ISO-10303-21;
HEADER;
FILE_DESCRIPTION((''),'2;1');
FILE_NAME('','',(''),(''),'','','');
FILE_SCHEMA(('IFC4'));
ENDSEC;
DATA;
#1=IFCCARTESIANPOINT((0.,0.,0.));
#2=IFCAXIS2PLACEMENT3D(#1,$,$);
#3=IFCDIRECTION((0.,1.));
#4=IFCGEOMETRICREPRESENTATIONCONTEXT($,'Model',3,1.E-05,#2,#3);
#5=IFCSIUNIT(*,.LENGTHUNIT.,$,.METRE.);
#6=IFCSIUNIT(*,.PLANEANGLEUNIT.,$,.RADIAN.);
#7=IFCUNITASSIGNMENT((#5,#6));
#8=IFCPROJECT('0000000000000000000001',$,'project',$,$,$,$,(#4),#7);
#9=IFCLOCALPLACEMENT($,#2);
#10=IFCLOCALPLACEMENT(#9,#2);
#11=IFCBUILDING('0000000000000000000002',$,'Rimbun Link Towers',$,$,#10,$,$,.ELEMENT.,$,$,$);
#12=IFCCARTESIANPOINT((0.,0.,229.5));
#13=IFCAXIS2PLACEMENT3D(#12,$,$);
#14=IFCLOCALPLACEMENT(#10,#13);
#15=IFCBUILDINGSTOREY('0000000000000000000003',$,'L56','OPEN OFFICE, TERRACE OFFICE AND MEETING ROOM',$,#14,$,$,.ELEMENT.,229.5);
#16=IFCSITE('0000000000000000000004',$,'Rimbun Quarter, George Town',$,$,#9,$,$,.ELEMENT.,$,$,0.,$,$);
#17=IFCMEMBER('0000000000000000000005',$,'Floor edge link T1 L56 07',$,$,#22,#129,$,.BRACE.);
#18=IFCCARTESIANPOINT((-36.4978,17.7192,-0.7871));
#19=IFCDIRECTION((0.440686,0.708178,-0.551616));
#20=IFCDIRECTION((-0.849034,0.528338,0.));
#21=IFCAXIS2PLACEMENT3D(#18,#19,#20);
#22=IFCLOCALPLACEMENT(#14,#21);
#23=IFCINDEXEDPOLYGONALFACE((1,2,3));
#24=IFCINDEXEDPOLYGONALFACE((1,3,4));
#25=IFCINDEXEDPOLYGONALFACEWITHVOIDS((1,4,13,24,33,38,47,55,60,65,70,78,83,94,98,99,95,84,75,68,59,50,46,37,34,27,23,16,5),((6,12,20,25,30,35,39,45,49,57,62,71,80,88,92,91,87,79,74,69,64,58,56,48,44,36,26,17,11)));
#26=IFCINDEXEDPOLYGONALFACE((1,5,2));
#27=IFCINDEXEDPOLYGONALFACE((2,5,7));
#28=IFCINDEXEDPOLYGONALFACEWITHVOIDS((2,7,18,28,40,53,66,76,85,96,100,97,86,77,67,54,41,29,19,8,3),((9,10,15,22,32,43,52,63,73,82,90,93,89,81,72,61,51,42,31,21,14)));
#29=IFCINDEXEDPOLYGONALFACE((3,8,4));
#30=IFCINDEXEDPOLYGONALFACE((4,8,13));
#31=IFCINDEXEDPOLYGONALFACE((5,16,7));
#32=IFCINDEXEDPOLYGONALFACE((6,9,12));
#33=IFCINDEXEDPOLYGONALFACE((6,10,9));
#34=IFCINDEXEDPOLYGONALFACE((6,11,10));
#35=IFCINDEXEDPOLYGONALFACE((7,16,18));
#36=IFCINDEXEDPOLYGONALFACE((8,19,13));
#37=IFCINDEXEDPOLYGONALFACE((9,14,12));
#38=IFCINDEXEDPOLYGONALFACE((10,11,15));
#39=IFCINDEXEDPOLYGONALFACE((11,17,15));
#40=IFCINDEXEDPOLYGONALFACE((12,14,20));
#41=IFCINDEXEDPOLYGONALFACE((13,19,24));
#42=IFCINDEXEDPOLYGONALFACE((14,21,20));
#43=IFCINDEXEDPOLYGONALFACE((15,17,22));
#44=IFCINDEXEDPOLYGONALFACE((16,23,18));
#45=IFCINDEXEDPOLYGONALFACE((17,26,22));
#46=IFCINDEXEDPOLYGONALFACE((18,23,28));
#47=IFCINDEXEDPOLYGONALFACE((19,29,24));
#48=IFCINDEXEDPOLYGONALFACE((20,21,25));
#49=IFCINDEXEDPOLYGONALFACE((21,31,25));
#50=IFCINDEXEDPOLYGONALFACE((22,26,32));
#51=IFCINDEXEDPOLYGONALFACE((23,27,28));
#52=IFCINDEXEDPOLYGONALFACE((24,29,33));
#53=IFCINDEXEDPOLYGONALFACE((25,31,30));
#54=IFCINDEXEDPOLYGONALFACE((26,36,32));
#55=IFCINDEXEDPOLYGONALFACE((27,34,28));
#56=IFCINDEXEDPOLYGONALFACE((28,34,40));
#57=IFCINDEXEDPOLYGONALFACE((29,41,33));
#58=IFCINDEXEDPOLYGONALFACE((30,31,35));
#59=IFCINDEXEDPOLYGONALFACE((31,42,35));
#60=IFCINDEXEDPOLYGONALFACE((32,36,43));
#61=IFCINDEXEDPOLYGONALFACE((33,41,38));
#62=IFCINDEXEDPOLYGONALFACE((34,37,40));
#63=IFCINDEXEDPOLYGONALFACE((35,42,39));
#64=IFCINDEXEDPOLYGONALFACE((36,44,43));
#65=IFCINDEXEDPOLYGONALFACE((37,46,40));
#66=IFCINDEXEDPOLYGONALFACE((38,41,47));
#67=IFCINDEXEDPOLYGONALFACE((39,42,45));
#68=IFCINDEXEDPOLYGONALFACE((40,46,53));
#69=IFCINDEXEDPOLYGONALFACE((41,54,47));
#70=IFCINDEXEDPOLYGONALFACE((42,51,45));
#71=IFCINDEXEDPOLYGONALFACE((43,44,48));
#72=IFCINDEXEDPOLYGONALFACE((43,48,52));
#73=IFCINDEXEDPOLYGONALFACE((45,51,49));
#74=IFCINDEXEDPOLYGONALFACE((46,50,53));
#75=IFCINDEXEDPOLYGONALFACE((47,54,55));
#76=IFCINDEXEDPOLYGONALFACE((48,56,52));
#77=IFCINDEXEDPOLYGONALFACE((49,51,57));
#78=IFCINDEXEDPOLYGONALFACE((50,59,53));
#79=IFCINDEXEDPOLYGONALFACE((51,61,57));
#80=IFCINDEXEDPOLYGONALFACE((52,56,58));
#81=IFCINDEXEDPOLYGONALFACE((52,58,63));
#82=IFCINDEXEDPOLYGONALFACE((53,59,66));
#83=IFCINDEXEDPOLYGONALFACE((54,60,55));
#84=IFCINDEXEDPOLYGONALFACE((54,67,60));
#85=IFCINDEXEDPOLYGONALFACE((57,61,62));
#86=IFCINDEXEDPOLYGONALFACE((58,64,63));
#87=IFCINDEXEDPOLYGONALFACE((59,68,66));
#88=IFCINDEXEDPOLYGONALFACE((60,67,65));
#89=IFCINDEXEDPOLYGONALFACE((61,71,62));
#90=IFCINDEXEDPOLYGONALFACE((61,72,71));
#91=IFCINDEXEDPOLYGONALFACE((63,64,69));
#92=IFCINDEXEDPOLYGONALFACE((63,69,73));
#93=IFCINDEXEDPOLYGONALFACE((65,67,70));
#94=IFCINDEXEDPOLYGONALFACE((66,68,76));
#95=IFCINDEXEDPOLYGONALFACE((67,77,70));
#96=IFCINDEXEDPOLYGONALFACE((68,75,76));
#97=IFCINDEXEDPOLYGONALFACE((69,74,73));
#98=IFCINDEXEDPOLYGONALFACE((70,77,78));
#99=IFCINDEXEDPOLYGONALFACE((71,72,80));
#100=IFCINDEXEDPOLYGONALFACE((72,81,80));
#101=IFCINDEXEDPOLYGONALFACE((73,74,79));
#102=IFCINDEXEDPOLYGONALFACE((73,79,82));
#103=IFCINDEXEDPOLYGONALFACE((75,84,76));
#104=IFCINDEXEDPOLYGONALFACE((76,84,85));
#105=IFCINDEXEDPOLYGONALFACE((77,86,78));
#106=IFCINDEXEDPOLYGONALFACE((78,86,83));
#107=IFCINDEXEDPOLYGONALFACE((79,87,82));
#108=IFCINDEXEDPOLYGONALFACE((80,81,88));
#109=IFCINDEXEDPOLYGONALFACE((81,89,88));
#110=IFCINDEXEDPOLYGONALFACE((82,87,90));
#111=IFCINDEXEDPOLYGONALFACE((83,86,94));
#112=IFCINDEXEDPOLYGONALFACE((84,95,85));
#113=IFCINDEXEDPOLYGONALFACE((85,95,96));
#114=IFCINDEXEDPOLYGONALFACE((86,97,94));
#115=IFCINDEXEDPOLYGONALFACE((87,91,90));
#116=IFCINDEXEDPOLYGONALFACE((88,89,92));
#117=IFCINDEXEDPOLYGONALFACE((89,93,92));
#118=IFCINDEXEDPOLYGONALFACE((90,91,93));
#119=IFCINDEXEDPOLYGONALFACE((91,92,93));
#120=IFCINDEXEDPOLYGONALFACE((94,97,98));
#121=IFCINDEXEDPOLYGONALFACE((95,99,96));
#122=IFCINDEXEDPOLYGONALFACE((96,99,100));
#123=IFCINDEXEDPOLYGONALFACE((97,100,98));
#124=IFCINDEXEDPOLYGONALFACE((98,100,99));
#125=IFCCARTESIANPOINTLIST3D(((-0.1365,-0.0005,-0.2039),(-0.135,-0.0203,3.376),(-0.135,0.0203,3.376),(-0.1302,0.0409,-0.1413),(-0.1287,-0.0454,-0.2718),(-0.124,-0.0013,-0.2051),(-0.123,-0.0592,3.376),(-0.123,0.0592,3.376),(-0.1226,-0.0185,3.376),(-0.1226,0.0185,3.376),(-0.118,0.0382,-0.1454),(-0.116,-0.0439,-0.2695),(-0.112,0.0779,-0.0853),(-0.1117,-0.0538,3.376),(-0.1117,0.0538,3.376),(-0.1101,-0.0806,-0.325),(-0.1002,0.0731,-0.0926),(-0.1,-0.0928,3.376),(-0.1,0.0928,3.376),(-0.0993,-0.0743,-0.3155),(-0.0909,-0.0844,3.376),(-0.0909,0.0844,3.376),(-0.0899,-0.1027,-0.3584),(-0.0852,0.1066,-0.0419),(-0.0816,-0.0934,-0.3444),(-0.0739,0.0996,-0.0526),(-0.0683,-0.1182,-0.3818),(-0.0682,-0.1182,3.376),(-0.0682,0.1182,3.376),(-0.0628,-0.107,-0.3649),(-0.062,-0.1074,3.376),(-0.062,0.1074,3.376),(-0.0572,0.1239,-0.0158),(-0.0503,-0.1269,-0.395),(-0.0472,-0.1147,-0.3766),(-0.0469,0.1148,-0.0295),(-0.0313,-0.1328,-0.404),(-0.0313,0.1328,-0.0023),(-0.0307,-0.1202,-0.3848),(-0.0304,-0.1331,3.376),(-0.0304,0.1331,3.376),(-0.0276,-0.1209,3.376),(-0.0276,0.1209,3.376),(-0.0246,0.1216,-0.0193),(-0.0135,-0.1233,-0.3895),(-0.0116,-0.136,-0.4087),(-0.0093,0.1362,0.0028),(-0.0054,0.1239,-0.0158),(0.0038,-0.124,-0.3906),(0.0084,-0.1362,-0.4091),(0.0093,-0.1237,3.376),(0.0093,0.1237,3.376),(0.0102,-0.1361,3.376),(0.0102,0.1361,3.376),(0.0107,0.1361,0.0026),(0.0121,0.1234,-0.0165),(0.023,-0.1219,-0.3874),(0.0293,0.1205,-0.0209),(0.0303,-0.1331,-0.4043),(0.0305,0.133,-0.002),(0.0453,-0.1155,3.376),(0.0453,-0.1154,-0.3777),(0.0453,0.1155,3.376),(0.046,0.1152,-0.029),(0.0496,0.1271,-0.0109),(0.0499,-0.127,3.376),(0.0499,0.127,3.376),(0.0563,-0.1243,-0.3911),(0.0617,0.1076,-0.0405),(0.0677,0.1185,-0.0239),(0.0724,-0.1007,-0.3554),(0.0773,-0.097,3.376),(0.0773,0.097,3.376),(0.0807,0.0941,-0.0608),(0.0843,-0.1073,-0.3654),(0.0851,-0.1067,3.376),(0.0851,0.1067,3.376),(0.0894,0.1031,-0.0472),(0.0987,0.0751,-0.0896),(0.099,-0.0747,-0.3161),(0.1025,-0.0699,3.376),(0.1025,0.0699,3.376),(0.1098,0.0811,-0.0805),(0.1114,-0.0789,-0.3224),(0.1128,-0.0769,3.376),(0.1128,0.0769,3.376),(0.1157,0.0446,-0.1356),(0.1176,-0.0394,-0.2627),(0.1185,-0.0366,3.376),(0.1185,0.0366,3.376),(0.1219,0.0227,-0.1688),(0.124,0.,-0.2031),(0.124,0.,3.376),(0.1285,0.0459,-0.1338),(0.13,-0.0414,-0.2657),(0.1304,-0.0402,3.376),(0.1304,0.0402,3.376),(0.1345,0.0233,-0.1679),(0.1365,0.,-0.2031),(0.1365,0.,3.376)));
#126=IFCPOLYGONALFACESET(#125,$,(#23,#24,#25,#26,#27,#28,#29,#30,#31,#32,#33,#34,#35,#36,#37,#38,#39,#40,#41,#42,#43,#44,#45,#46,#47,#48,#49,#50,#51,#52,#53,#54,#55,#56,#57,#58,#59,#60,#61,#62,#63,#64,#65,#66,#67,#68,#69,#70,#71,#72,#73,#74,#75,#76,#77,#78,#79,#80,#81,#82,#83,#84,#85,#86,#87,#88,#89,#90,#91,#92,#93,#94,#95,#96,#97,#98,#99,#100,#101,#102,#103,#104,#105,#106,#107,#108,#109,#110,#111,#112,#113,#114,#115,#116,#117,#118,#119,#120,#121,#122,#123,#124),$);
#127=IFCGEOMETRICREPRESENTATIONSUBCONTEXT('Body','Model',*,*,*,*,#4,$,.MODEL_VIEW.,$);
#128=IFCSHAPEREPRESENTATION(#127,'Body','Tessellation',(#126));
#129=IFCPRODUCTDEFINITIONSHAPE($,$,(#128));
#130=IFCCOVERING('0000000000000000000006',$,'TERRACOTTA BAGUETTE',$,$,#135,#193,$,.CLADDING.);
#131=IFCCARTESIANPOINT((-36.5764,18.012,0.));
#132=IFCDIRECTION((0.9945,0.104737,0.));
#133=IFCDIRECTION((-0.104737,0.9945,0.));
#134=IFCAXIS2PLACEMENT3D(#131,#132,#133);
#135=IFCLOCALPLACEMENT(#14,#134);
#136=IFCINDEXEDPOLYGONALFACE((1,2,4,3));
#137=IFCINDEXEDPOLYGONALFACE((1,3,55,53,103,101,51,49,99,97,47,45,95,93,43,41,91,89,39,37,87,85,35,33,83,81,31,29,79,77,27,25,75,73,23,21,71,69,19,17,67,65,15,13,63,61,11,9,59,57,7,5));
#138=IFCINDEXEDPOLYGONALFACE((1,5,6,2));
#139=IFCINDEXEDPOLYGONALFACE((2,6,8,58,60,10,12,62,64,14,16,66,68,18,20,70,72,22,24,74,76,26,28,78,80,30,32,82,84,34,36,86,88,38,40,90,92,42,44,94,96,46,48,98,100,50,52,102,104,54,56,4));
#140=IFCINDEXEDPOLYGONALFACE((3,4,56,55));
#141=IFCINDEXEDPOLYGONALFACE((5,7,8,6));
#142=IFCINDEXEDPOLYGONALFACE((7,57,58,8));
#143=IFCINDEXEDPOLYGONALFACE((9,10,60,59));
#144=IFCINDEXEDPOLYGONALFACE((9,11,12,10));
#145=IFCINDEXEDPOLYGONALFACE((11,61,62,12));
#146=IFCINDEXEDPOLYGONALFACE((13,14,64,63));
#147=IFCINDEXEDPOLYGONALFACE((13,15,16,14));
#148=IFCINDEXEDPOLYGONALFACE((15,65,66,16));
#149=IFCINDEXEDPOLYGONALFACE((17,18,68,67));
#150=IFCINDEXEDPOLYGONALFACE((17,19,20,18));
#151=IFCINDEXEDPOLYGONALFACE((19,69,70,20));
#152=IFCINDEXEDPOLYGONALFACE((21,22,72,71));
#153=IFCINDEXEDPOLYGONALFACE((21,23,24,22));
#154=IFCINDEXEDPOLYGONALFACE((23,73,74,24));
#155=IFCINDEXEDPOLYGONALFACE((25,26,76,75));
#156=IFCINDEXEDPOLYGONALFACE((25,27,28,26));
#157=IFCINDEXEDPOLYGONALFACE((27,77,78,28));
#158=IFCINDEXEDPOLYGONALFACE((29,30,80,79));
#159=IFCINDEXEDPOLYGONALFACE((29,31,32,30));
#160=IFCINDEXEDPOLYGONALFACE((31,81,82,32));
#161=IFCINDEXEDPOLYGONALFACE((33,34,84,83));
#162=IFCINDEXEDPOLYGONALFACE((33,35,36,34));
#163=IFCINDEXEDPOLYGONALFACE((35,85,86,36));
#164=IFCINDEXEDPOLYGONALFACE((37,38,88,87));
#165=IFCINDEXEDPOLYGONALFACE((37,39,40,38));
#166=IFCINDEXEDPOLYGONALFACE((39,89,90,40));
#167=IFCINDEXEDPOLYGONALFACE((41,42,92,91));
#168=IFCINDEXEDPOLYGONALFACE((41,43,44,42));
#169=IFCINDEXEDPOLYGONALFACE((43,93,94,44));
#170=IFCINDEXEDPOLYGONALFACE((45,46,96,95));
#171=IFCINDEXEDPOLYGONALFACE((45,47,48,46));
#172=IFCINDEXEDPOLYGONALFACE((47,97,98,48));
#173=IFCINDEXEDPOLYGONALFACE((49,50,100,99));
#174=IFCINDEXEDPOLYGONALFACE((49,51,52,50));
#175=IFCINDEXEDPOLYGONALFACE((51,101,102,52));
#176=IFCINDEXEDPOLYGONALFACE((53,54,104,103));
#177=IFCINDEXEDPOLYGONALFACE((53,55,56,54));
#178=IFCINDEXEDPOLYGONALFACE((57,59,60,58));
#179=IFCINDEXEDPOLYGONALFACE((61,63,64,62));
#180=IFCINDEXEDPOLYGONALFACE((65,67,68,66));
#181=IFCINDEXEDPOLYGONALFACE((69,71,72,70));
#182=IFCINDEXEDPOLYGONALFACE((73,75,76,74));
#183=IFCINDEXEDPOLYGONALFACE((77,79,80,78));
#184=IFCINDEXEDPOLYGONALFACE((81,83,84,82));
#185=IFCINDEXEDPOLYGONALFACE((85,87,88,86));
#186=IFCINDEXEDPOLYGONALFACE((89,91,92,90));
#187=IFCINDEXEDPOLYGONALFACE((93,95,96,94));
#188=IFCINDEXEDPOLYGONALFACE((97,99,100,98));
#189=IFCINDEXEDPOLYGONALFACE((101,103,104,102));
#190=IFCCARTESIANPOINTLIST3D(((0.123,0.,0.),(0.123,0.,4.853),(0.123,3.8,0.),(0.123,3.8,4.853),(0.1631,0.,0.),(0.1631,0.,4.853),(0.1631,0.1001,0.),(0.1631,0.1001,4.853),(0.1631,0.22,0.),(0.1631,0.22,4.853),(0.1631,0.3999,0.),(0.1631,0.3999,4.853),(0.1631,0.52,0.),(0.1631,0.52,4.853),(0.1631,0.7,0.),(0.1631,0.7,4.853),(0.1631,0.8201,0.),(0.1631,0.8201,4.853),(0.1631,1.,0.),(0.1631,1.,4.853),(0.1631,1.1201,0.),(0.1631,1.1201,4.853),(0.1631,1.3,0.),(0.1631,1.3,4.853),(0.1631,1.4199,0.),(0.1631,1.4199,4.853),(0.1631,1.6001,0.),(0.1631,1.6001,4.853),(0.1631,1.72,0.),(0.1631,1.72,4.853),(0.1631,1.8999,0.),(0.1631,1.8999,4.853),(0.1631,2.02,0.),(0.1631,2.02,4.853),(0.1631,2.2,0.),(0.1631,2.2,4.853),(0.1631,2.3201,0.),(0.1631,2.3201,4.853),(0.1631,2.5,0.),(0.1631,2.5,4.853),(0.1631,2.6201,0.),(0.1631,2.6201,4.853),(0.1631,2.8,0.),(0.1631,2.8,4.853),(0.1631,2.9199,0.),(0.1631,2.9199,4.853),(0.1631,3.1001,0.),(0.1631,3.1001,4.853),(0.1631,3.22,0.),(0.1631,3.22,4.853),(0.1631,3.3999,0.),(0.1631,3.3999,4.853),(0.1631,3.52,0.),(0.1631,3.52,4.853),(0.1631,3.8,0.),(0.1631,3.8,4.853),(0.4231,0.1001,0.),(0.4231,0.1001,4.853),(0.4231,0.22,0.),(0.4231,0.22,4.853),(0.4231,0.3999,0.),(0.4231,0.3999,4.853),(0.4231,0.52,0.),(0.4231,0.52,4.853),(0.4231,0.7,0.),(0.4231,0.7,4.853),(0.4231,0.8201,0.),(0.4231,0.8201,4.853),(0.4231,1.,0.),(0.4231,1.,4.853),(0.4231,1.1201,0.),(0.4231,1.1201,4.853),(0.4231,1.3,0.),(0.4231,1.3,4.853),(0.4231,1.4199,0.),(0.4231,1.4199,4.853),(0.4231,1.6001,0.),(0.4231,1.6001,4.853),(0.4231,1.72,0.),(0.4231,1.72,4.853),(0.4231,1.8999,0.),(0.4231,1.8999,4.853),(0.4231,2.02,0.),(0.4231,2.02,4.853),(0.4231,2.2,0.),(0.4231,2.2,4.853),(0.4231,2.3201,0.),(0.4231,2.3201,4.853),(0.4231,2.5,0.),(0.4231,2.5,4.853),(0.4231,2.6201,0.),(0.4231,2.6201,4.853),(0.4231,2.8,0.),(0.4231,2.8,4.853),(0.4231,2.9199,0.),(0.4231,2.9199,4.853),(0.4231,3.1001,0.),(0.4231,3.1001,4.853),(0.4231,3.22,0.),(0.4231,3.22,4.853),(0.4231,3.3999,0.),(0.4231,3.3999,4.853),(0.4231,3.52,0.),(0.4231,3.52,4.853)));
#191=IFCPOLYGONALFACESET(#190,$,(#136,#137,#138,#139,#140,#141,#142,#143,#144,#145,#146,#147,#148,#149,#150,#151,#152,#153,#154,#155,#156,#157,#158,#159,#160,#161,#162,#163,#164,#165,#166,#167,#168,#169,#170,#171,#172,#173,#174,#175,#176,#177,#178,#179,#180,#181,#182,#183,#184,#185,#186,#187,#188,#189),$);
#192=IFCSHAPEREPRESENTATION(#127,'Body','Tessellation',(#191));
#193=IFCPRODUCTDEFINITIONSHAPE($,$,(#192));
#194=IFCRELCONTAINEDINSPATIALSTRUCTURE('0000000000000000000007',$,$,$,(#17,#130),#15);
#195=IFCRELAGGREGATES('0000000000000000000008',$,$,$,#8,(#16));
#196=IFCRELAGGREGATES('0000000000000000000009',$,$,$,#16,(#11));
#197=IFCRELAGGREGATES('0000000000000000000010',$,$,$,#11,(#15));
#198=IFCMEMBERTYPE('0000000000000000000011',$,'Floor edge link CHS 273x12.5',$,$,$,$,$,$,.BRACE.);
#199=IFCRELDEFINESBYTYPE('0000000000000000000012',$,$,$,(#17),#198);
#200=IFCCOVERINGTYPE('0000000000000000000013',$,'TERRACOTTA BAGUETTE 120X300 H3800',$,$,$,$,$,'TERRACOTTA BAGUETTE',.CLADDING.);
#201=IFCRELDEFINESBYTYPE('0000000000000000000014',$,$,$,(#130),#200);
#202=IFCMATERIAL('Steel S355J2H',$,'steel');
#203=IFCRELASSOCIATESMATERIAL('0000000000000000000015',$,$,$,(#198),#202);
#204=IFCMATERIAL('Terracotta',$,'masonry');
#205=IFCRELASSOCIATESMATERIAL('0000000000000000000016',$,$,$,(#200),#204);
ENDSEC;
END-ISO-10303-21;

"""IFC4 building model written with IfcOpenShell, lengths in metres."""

from ifc_helpers import new_model, si_unit, direction, frame, origin, origin_2d, place, context, subcontext, project, spatial, polyline, hollow_circle, outline, extrude, clip, halfspace, material, material_profile, profile_set, type_object, element, save


model = new_model("IFC4")

# Units and contexts
model_context = context("Model", 3, precision=1e-05, world=origin(), true_north=direction((0.0, 1.0)))
body_context = subcontext(model_context, "Body", "Model", "MODEL_VIEW")
ifc_project = project(units=[si_unit("LENGTHUNIT", "METRE"), si_unit("PLANEANGLEUNIT", "RADIAN")], contexts=[model_context])

# Site, building, storey
site_placement = place(None, origin())
site = spatial("IfcSite", under=ifc_project, at=site_placement, Name="Rimbun Quarter, George Town", CompositionType="ELEMENT", RefElevation=0.0)
building_placement = place(site_placement, origin())
building = spatial("IfcBuilding", under=site, at=building_placement, Name="Rimbun Link Towers", CompositionType="ELEMENT")
storey_placement = place(building_placement, frame((0.0, 0.0, 229.5)))
storey = spatial("IfcBuildingStorey", under=building, at=storey_placement, Name="L56", Description="OPEN OFFICE, TERRACE OFFICE AND MEETING ROOM", CompositionType="ELEMENT", Elevation=229.5)

# Member
ifc_material_1 = material(Name="Steel S355J2H", Category="steel")
ifc_material_profile_1 = material_profile(ifc_material_1, hollow_circle(Radius=0.1365, WallThickness=0.0125, at=origin_2d()), Name="CHS 273x12.5")
ifc_profile_set_1 = profile_set([ifc_material_profile_1], Name="Steel S355J2H")
member_type_1 = type_object("IfcMemberType", Name="Floor edge link CHS 273x12.5", PredefinedType="BRACE", material=ifc_profile_set_1)
member_1_placement = place(storey_placement, frame((-36.4978, 17.7192, -0.7871), z_axis=(0.440686, 0.708178, -0.551616), x_axis=(-0.849034, 0.528338, 0.0)))
element("IfcMember", 1, at=member_1_placement, inside=storey, type_object=member_type_1, Name="Floor edge link T1 L56 07", PredefinedType="BRACE", context=body_context, shape_type="Clipping", body=[
    clip(extrude(hollow_circle(Radius=0.1365, WallThickness=0.0125, at=origin_2d()), frame((0.0, 0.0, -0.4309)), (0.0, 0.0, 1.0), 3.8069), halfspace(frame((0.0, 0.0, -0.2031), z_axis=(0.0, 0.834098, -0.551616)), False)),
])

# Covering
ifc_material_2 = material(Name="Terracotta", Category="masonry")
ifc_material_profile_2 = material_profile(ifc_material_2, outline(polyline([(0.123, 0.0), (0.1631, 0.0), (0.1631, 0.1001), (0.4231, 0.1001), (0.4231, 0.22), (0.1631, 0.22), (0.1631, 0.3999), (0.4231, 0.3999), (0.4231, 0.52), (0.1631, 0.52), (0.1631, 0.7), (0.4231, 0.7), (0.4231, 0.8201), (0.1631, 0.8201), (0.1631, 1.0), (0.4231, 1.0), (0.4231, 1.1201), (0.1631, 1.1201), (0.1631, 1.3), (0.4231, 1.3), (0.4231, 1.4199), (0.1631, 1.4199), (0.1631, 1.6001), (0.4231, 1.6001), (0.4231, 1.72), (0.1631, 1.72), (0.1631, 1.8999), (0.4231, 1.8999), (0.4231, 2.02), (0.1631, 2.02), (0.1631, 2.2), (0.4231, 2.2), (0.4231, 2.3201), (0.1631, 2.3201), (0.1631, 2.5), (0.4231, 2.5), (0.4231, 2.6201), (0.1631, 2.6201), (0.1631, 2.8), (0.4231, 2.8), (0.4231, 2.9199), (0.1631, 2.9199), (0.1631, 3.1001), (0.4231, 3.1001), (0.4231, 3.22), (0.1631, 3.22), (0.1631, 3.3999), (0.4231, 3.3999), (0.4231, 3.52), (0.1631, 3.52), (0.1631, 3.8), (0.123, 3.8), (0.123, 0.0)])), Name="BAGUETTE 120X300")
ifc_profile_set_2 = profile_set([ifc_material_profile_2], Name="Terracotta")
covering_type = type_object("IfcCoveringType", Name="TERRACOTTA BAGUETTE 120X300 H3800", ElementType="TERRACOTTA BAGUETTE", PredefinedType="CLADDING", material=ifc_profile_set_2)
covering_1_placement = place(storey_placement, frame((-36.5764, 18.012, 0.0), z_axis=(0.9945, 0.104737, 0.0), x_axis=(-0.104737, 0.9945, 0.0)))
element("IfcCovering", 2, at=covering_1_placement, inside=storey, type_object=covering_type, Name="TERRACOTTA BAGUETTE", PredefinedType="CLADDING", context=body_context, shape_type="SweptSolid", body=[
    extrude(outline(polyline([(0.123, 0.0), (0.1631, 0.0), (0.1631, 0.1001), (0.4231, 0.1001), (0.4231, 0.22), (0.1631, 0.22), (0.1631, 0.3999), (0.4231, 0.3999), (0.4231, 0.52), (0.1631, 0.52), (0.1631, 0.7), (0.4231, 0.7), (0.4231, 0.8201), (0.1631, 0.8201), (0.1631, 1.0), (0.4231, 1.0), (0.4231, 1.1201), (0.1631, 1.1201), (0.1631, 1.3), (0.4231, 1.3), (0.4231, 1.4199), (0.1631, 1.4199), (0.1631, 1.6001), (0.4231, 1.6001), (0.4231, 1.72), (0.1631, 1.72), (0.1631, 1.8999), (0.4231, 1.8999), (0.4231, 2.02), (0.1631, 2.02), (0.1631, 2.2), (0.4231, 2.2), (0.4231, 2.3201), (0.1631, 2.3201), (0.1631, 2.5), (0.4231, 2.5), (0.4231, 2.6201), (0.1631, 2.6201), (0.1631, 2.8), (0.4231, 2.8), (0.4231, 2.9199), (0.1631, 2.9199), (0.1631, 3.1001), (0.4231, 3.1001), (0.4231, 3.22), (0.1631, 3.22), (0.1631, 3.3999), (0.4231, 3.3999), (0.4231, 3.52), (0.1631, 3.52), (0.1631, 3.8), (0.123, 3.8), (0.123, 0.0)])), origin(), (0.0, 0.0, 1.0), 4.853),
])

save(model, "model.ifc")
